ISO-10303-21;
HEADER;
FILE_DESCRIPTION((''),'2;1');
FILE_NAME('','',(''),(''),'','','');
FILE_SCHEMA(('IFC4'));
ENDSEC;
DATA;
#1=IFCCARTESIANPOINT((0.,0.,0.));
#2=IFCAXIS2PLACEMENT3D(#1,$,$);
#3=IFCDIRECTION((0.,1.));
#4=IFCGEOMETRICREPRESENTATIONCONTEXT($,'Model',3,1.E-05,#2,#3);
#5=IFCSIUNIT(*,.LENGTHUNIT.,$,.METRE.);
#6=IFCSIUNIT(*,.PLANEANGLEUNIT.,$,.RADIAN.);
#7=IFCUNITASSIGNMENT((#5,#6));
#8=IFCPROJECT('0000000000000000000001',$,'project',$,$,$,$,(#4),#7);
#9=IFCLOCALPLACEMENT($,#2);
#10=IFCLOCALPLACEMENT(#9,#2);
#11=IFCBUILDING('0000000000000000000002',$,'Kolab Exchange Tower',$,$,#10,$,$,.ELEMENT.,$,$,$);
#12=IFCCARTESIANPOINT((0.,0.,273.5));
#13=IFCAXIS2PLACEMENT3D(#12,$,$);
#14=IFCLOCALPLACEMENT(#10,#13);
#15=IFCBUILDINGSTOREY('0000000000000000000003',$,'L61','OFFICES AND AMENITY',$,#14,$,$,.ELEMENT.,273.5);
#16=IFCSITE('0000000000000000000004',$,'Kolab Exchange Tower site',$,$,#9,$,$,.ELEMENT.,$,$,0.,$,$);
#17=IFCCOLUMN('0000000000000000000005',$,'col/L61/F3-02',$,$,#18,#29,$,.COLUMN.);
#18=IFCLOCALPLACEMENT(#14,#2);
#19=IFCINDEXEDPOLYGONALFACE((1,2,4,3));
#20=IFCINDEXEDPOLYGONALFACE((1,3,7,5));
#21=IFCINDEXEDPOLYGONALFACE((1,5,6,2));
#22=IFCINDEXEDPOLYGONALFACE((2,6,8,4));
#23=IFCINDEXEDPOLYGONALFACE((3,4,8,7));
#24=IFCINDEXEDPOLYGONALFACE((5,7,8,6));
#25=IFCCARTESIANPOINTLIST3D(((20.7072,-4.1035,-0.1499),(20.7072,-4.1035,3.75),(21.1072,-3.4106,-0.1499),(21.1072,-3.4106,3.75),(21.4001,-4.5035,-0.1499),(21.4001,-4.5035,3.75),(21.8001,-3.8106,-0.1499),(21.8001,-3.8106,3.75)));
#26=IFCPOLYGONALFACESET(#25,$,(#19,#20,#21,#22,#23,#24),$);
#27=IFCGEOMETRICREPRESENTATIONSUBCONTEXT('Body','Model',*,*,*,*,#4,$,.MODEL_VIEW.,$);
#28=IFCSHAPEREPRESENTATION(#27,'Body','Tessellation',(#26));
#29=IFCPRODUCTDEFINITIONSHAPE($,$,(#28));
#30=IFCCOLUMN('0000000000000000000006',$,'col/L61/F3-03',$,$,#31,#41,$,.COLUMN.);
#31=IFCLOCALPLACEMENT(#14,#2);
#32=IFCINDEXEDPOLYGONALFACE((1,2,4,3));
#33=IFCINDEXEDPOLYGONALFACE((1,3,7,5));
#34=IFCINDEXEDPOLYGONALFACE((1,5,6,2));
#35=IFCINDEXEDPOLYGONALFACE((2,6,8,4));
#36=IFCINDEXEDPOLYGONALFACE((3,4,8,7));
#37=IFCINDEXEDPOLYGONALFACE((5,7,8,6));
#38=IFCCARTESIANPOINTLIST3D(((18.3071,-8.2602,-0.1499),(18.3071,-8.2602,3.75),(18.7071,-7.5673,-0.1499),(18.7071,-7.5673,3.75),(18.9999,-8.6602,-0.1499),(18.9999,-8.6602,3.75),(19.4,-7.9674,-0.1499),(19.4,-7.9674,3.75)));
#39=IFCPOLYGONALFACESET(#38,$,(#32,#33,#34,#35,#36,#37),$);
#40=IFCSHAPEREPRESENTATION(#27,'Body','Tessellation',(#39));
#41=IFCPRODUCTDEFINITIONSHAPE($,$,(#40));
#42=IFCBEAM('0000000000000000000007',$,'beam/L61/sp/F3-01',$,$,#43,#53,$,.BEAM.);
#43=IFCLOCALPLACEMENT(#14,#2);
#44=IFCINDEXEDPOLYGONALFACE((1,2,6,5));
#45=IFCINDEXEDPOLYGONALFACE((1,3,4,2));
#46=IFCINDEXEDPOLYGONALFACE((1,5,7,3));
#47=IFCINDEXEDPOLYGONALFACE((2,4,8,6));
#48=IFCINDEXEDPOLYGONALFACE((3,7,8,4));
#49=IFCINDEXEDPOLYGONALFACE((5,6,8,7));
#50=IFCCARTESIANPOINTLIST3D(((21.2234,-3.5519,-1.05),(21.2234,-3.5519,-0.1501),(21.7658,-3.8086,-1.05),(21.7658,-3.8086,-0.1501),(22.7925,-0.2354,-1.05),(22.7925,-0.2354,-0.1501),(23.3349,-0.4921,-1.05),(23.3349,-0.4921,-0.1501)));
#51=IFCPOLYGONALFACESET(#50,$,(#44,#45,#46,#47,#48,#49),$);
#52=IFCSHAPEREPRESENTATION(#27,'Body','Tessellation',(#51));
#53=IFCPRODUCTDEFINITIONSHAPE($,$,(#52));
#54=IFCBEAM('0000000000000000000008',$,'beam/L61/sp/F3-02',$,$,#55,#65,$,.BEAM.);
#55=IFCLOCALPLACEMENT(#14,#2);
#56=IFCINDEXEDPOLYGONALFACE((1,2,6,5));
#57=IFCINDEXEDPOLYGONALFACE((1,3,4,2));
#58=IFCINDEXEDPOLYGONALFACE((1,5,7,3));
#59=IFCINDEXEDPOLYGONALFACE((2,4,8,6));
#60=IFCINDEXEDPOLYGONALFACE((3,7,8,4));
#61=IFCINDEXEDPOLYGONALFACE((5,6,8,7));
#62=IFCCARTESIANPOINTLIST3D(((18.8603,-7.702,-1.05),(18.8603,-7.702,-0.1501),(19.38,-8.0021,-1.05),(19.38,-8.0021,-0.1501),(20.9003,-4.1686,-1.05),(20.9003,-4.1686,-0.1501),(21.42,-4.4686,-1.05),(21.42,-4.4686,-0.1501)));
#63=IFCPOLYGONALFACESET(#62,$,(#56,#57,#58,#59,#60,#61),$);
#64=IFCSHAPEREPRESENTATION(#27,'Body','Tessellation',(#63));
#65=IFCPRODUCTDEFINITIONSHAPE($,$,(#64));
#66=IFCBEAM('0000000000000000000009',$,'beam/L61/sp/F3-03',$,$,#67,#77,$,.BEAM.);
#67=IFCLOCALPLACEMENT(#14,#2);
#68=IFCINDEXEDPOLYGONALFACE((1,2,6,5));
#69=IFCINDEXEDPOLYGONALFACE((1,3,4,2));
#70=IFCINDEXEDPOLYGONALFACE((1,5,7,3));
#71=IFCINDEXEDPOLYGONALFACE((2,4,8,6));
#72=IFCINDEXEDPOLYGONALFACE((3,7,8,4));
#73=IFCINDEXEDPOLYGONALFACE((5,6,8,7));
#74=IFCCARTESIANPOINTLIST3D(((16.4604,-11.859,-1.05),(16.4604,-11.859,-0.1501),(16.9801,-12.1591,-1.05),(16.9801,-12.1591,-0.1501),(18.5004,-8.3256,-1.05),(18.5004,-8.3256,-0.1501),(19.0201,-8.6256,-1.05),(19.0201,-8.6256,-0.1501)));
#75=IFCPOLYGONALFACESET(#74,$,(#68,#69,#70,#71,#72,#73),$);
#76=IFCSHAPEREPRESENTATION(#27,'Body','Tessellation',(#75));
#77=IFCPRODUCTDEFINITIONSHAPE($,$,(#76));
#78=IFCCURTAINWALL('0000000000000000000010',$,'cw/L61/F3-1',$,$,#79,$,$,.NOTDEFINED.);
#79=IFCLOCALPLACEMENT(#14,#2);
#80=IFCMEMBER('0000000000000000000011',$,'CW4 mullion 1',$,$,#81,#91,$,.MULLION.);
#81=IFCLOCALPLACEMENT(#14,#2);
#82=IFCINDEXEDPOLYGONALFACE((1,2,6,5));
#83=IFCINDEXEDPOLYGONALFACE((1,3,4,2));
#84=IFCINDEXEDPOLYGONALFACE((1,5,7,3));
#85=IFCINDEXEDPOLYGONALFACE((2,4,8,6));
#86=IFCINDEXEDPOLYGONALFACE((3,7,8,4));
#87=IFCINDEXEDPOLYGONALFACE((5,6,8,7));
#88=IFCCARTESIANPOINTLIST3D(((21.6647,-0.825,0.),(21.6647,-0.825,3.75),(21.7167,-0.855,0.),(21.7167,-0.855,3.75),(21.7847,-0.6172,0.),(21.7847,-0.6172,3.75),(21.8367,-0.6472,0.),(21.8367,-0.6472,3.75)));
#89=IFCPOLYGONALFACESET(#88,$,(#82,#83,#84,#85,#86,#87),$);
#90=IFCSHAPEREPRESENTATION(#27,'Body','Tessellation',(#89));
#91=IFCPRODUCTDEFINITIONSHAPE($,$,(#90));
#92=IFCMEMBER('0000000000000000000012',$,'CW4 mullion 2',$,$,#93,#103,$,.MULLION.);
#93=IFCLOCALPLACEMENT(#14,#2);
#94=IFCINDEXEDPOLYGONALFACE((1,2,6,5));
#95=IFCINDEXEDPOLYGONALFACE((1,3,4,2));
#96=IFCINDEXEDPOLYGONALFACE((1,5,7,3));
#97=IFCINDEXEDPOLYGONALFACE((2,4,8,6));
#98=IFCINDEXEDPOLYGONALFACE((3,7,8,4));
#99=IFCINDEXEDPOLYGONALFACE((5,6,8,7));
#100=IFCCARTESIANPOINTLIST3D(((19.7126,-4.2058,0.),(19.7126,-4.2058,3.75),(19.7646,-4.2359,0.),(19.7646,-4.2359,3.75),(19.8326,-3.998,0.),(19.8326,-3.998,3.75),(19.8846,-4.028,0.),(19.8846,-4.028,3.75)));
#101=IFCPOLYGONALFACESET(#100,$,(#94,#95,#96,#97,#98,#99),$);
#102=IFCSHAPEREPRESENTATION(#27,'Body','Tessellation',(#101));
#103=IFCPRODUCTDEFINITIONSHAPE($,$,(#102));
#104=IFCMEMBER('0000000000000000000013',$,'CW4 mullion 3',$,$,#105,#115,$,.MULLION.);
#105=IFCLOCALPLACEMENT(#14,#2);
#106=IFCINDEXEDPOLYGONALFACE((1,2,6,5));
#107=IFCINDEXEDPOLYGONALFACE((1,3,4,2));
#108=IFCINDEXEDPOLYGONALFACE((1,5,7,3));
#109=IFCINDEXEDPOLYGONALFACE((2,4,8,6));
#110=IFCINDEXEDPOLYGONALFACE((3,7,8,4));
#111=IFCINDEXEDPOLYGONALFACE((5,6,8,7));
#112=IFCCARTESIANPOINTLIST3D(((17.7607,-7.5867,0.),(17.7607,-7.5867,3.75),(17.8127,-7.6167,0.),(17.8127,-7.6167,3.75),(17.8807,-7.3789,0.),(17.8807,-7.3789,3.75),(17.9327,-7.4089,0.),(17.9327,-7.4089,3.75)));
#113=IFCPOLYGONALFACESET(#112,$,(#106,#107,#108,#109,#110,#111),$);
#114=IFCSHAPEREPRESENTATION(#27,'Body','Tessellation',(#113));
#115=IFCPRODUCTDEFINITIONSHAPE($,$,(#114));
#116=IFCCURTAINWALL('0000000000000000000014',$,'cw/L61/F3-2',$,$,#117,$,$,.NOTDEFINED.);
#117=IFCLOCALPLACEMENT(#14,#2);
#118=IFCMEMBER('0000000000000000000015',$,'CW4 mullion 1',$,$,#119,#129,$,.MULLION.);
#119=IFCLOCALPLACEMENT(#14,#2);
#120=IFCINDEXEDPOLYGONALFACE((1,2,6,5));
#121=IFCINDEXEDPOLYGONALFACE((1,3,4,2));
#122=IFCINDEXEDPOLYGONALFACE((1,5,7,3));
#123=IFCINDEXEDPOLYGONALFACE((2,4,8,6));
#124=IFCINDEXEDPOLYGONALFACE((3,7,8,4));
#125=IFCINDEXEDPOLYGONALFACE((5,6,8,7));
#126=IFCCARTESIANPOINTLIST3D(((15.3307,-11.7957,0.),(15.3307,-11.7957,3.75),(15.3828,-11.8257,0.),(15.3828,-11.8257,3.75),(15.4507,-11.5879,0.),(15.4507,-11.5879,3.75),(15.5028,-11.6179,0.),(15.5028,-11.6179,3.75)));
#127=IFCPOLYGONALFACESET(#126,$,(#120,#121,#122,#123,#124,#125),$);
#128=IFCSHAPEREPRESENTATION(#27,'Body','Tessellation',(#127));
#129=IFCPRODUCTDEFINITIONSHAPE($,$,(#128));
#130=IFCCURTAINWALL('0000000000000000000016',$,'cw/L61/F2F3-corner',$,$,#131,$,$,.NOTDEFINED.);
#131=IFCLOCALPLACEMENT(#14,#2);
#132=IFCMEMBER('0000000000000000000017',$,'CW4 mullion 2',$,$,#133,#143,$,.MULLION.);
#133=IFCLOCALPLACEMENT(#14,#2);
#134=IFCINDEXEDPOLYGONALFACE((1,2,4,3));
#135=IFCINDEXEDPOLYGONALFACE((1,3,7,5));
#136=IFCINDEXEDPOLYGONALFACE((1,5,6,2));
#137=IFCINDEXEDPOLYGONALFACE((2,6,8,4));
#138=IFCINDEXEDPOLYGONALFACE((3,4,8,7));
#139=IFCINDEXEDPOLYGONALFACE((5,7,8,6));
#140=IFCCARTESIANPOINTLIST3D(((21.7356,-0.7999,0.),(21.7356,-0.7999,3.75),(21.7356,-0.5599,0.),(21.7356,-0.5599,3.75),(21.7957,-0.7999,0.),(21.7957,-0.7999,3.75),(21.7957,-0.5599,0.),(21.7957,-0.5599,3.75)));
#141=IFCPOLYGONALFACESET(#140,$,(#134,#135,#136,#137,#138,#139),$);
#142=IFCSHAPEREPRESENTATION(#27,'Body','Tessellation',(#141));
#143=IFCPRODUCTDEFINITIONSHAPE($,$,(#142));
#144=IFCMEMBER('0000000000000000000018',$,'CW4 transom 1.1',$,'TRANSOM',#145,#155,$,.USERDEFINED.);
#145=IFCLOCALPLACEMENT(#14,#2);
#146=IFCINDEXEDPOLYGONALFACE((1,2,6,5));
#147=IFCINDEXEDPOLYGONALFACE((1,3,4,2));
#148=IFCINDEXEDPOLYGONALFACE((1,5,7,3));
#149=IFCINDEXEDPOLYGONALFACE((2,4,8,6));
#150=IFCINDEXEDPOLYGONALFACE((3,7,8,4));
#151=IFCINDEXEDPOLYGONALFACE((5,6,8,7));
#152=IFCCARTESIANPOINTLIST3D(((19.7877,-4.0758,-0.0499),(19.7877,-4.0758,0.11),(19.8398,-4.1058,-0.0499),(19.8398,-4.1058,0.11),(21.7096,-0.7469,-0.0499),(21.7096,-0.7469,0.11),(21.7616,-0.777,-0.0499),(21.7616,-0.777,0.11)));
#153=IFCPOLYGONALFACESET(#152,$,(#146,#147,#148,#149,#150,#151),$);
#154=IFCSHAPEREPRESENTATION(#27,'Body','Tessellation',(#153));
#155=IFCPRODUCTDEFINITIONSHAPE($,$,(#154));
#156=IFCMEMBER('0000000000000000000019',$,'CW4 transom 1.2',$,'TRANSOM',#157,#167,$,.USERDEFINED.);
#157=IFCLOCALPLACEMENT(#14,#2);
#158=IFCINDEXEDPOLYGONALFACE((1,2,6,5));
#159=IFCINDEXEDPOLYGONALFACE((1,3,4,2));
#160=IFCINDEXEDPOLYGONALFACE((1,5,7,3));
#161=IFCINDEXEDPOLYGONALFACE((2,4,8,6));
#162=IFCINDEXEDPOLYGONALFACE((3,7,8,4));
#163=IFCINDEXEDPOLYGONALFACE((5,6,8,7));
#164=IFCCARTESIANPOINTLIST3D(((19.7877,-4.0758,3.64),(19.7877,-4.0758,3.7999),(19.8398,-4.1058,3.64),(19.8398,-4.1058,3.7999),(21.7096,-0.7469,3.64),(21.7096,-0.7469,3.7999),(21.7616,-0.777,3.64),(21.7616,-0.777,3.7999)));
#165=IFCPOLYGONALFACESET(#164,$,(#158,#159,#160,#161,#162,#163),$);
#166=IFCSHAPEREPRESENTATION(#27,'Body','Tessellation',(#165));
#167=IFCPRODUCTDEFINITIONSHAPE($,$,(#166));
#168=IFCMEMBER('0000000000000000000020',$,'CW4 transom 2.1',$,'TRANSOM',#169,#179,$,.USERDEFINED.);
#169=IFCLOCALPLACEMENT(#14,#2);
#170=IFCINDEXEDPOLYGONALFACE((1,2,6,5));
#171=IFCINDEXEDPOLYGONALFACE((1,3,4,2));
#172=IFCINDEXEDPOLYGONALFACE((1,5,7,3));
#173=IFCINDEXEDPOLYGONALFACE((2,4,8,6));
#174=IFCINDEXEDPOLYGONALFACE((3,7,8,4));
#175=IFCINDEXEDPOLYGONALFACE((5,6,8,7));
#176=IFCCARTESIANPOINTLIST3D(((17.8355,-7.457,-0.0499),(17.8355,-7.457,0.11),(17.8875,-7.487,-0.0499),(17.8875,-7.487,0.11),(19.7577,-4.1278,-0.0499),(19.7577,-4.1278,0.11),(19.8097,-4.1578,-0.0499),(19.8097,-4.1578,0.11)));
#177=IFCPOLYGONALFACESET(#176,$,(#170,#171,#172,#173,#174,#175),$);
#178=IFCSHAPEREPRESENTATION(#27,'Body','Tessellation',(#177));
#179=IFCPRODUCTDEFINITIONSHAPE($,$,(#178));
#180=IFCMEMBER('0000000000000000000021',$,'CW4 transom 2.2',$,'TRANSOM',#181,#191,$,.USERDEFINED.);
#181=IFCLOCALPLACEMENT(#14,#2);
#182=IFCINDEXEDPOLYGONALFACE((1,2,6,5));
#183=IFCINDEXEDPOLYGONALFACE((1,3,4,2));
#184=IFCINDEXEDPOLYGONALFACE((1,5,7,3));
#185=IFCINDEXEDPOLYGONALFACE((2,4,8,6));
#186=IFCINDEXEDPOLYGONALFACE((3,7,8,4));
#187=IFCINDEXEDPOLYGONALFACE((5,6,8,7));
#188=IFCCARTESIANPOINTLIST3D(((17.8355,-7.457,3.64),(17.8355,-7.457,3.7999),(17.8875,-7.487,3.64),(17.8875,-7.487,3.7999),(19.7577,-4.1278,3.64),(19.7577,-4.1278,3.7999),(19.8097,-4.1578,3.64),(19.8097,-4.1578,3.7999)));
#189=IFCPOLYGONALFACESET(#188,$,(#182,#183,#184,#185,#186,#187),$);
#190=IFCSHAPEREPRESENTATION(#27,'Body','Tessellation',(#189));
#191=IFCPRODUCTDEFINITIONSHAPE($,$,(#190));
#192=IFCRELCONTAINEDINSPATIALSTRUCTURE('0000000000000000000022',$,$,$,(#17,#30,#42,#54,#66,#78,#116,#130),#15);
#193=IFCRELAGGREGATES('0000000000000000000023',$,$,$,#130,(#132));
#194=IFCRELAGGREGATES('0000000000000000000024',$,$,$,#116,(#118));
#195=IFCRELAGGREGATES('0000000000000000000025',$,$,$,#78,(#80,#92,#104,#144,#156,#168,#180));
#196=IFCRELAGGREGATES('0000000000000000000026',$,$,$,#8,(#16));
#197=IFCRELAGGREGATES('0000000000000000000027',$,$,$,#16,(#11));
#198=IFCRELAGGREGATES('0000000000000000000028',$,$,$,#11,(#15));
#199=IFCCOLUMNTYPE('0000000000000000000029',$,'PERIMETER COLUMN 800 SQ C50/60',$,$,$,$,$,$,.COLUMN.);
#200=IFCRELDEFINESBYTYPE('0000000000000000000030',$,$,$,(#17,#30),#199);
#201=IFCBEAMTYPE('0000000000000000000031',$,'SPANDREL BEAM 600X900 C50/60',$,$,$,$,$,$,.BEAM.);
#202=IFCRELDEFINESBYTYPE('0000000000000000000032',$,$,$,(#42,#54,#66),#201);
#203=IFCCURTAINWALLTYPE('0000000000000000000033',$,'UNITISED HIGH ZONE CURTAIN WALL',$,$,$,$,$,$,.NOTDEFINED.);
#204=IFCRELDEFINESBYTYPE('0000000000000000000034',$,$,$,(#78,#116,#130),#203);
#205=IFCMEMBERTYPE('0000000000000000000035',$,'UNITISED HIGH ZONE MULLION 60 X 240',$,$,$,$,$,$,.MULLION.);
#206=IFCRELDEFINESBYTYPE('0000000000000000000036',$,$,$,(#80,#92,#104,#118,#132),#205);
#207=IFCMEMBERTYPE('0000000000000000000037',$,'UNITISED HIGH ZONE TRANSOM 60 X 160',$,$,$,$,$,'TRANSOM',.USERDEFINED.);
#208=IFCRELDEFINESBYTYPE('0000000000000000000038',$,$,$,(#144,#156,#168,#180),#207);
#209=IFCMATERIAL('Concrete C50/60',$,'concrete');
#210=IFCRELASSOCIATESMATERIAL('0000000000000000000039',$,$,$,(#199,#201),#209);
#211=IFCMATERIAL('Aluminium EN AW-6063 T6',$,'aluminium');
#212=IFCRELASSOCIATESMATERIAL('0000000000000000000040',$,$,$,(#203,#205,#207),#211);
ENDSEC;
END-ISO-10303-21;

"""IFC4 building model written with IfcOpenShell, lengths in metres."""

from ifc_helpers import new_model, si_unit, direction, frame, origin, origin_2d, place, context, subcontext, project, spatial, rectangle, extrude, material, material_profile, profile_set, type_object, element, aggregate, save


model = new_model("IFC4")

# Units and contexts
model_context = context("Model", 3, precision=1e-05, world=origin(), true_north=direction((0.0, 1.0)))
body_context = subcontext(model_context, "Body", "Model", "MODEL_VIEW")
ifc_project = project(units=[si_unit("LENGTHUNIT", "METRE"), si_unit("PLANEANGLEUNIT", "RADIAN")], contexts=[model_context])

# Site, building, storey
site_placement = place(None, origin())
site = spatial("IfcSite", under=ifc_project, at=site_placement, Name="Kolab Exchange Tower site", CompositionType="ELEMENT", RefElevation=0.0)
building_placement = place(site_placement, origin())
building = spatial("IfcBuilding", under=site, at=building_placement, Name="Kolab Exchange Tower", CompositionType="ELEMENT")
storey_placement = place(building_placement, frame((0.0, 0.0, 273.5)))
storey = spatial("IfcBuildingStorey", under=building, at=storey_placement, Name="L61", Description="OFFICES AND AMENITY", CompositionType="ELEMENT", Elevation=273.5)

# Columns
ifc_material_1 = material(Name="Concrete C50/60", Category="concrete")
ifc_material_profile_1 = material_profile(ifc_material_1, rectangle(XDim=0.8, YDim=0.8, at=origin_2d()), Name="RC800")
ifc_profile_set_1 = profile_set([ifc_material_profile_1], Name="Concrete C50/60")
column_type = type_object("IfcColumnType", Name="PERIMETER COLUMN 800 SQ C50/60", PredefinedType="COLUMN", material=ifc_profile_set_1)
for number, where, z_axis, x_axis, name in (
    (1, (21.2537, -3.957, -0.1499), (0.0, 0.0, 1.0), (0.5, 0.866025, 0.0), "col/L61/F3-02"),
    (2, (18.8535, -8.1138, -0.1499), (0.0, 0.0, 1.0), (0.5, 0.866025, 0.0), "col/L61/F3-03"),
):
    element("IfcColumn", number, at=place(storey_placement, frame(where, z_axis=z_axis, x_axis=x_axis)), inside=storey, type_object=column_type, Name=name, PredefinedType="COLUMN", context=body_context, shape_type="SweptSolid", body=[
        extrude(rectangle(XDim=0.8, YDim=0.8, at=origin_2d()), origin(), (0.0, 0.0, 1.0), 3.8999),
    ])

# Beams
ifc_material_profile_2 = material_profile(ifc_material_1, rectangle(XDim=0.6001, YDim=0.8999, at=origin_2d()), Name="RC600X900")
ifc_profile_set_2 = profile_set([ifc_material_profile_2], Name="Concrete C50/60")
beam_type = type_object("IfcBeamType", Name="SPANDREL BEAM 600X900 C50/60", PredefinedType="BEAM", material=ifc_profile_set_2)
beam_placement = place(storey_placement, frame((23.0637, -0.3638, -0.6001), z_axis=(-0.427677, -0.903932, 0.0), x_axis=(0.903932, -0.427677, 0.0)))
element("IfcBeam", 3, at=beam_placement, inside=storey, type_object=beam_type, Name="beam/L61/sp/F3-01", PredefinedType="BEAM", context=body_context, shape_type="SweptSolid", body=[
    extrude(rectangle(XDim=0.6001, YDim=0.8999, at=origin_2d()), origin(), (0.0, 0.0, 1.0), 3.6689),
])
for number, where, z_axis, x_axis, name in (
    (4, (21.1602, -4.3186, -0.6001), (-0.5, -0.866025, 0.0), (0.866025, -0.5, 0.0), "beam/L61/sp/F3-02"),
    (5, (18.7603, -8.4756, -0.6001), (-0.5, -0.866025, 0.0), (0.866025, -0.5, 0.0), "beam/L61/sp/F3-03"),
):
    element("IfcBeam", number, at=place(storey_placement, frame(where, z_axis=z_axis, x_axis=x_axis)), inside=storey, type_object=beam_type, Name=name, PredefinedType="BEAM", context=body_context, shape_type="SweptSolid", body=[
        extrude(rectangle(XDim=0.6001, YDim=0.8999, at=origin_2d()), origin(), (0.0, 0.0, 1.0), 4.0801),
    ])

# Curtain wall, members
ifc_material_2 = material(Name="Aluminium EN AW-6063 T6", Category="aluminium")
curtain_wall_type = type_object("IfcCurtainWallType", Name="UNITISED HIGH ZONE CURTAIN WALL", PredefinedType="NOTDEFINED", material=ifc_material_2)
curtain_wall_1_placement = place(storey_placement, origin())
curtain_wall_1 = element("IfcCurtainWall", 6, at=curtain_wall_1_placement, inside=storey, type_object=curtain_wall_type, Name="cw/L61/F3-1", PredefinedType="NOTDEFINED")
ifc_material_profile_3 = material_profile(ifc_material_2, rectangle(XDim=0.0601, YDim=0.24, at=origin_2d()), Name="RECT 60X240")
ifc_profile_set_3 = profile_set([ifc_material_profile_3], Name="Aluminium EN AW-6063 T6")
member_type_1 = type_object("IfcMemberType", Name="UNITISED HIGH ZONE MULLION 60 X 240", PredefinedType="MULLION", material=ifc_profile_set_3)
member_1_placement = place(storey_placement, frame((21.7507, -0.7361, 0.0), z_axis=(0.0, 0.0, 1.0), x_axis=(0.866025, -0.5, 0.0)))
member_1 = element("IfcMember", 7, at=member_1_placement, type_object=member_type_1, Name="CW4 mullion 1", PredefinedType="MULLION", context=body_context, shape_type="SweptSolid", body=[
    extrude(rectangle(XDim=0.0601, YDim=0.24, at=origin_2d()), origin(), (0.0, 0.0, 1.0), 3.75),
])
member_2_placement = place(storey_placement, frame((19.7986, -4.1169, 0.0), z_axis=(0.0, 0.0, 1.0), x_axis=(0.866025, -0.5, 0.0)))
member_2 = element("IfcMember", 8, at=member_2_placement, type_object=member_type_1, Name="CW4 mullion 2", PredefinedType="MULLION", context=body_context, shape_type="SweptSolid", body=[
    extrude(rectangle(XDim=0.0601, YDim=0.24, at=origin_2d()), origin(), (0.0, 0.0, 1.0), 3.75),
])
member_3_placement = place(storey_placement, frame((17.8467, -7.4978, 0.0), z_axis=(0.0, 0.0, 1.0), x_axis=(0.866025, -0.5, 0.0)))
member_3 = element("IfcMember", 9, at=member_3_placement, type_object=member_type_1, Name="CW4 mullion 3", PredefinedType="MULLION", context=body_context, shape_type="SweptSolid", body=[
    extrude(rectangle(XDim=0.0601, YDim=0.24, at=origin_2d()), origin(), (0.0, 0.0, 1.0), 3.75),
])

# Curtain walls, members
curtain_wall_2_placement = place(storey_placement, origin())
curtain_wall_2 = element("IfcCurtainWall", 10, at=curtain_wall_2_placement, inside=storey, type_object=curtain_wall_type, Name="cw/L61/F3-2", PredefinedType="NOTDEFINED")
member_4_placement = place(storey_placement, frame((15.4167, -11.7068, 0.0), z_axis=(0.0, 0.0, 1.0), x_axis=(0.866025, -0.5, 0.0)))
member_4 = element("IfcMember", 11, at=member_4_placement, type_object=member_type_1, Name="CW4 mullion 1", PredefinedType="MULLION", context=body_context, shape_type="SweptSolid", body=[
    extrude(rectangle(XDim=0.0601, YDim=0.24, at=origin_2d()), origin(), (0.0, 0.0, 1.0), 3.75),
])
curtain_wall_3_placement = place(storey_placement, origin())
curtain_wall_3 = element("IfcCurtainWall", 12, at=curtain_wall_3_placement, inside=storey, type_object=curtain_wall_type, Name="cw/L61/F2F3-corner", PredefinedType="NOTDEFINED")
member_5_placement = place(storey_placement, frame((21.7656, -0.6799, 0.0), z_axis=(0.0, 0.0, 1.0), x_axis=(1.0, 0.0, 0.0)))
member_5 = element("IfcMember", 13, at=member_5_placement, type_object=member_type_1, Name="CW4 mullion 2", PredefinedType="MULLION", context=body_context, shape_type="SweptSolid", body=[
    extrude(rectangle(XDim=0.0601, YDim=0.24, at=origin_2d()), origin(), (0.0, 0.0, 1.0), 3.75),
])
aggregate(curtain_wall_3, [member_5])

# Members
ifc_material_profile_4 = material_profile(ifc_material_2, rectangle(XDim=0.0601, YDim=0.1599, at=origin_2d()), Name="RECT 60X160")
ifc_profile_set_4 = profile_set([ifc_material_profile_4], Name="Aluminium EN AW-6063 T6")
member_type_2 = type_object("IfcMemberType", Name="UNITISED HIGH ZONE TRANSOM 60 X 160", ElementType="TRANSOM", PredefinedType="USERDEFINED", material=ifc_profile_set_4)
member_6_placement = place(storey_placement, frame((21.7356, -0.762, 0.03), z_axis=(-0.499992, -0.86603, 0.0), x_axis=(0.86603, -0.499992, 0.0)))
member_6 = element("IfcMember", 14, at=member_6_placement, type_object=member_type_2, Name="CW4 transom 1.1", ObjectType="TRANSOM", PredefinedType="USERDEFINED", context=body_context, shape_type="SweptSolid", body=[
    extrude(rectangle(XDim=0.0601, YDim=0.1599, at=origin_2d()), origin(), (0.0, 0.0, 1.0), 3.8438),
])
member_7_placement = place(storey_placement, frame((21.7356, -0.762, 3.72), z_axis=(-0.499992, -0.86603, 0.0), x_axis=(0.86603, -0.499992, 0.0)))
member_7 = element("IfcMember", 15, at=member_7_placement, type_object=member_type_2, Name="CW4 transom 1.2", ObjectType="TRANSOM", PredefinedType="USERDEFINED", context=body_context, shape_type="SweptSolid", body=[
    extrude(rectangle(XDim=0.0601, YDim=0.1599, at=origin_2d()), origin(), (0.0, 0.0, 1.0), 3.8438),
])
member_8_placement = place(storey_placement, frame((19.7837, -4.1428, 0.03), z_axis=(-0.500012, -0.866018, 0.0), x_axis=(0.866018, -0.500012, 0.0)))
member_8 = element("IfcMember", 16, at=member_8_placement, type_object=member_type_2, Name="CW4 transom 2.1", ObjectType="TRANSOM", PredefinedType="USERDEFINED", context=body_context, shape_type="SweptSolid", body=[
    extrude(rectangle(XDim=0.0601, YDim=0.1599, at=origin_2d()), origin(), (0.0, 0.0, 1.0), 3.8442),
])
member_9_placement = place(storey_placement, frame((19.7837, -4.1428, 3.72), z_axis=(-0.500012, -0.866018, 0.0), x_axis=(0.866018, -0.500012, 0.0)))
member_9 = element("IfcMember", 17, at=member_9_placement, type_object=member_type_2, Name="CW4 transom 2.2", ObjectType="TRANSOM", PredefinedType="USERDEFINED", context=body_context, shape_type="SweptSolid", body=[
    extrude(rectangle(XDim=0.0601, YDim=0.1599, at=origin_2d()), origin(), (0.0, 0.0, 1.0), 3.8442),
])
aggregate(curtain_wall_2, [member_4])

aggregate(curtain_wall_1, [member_1, member_2, member_3, member_6, member_7, member_8, member_9])

save(model, "model.ifc")
